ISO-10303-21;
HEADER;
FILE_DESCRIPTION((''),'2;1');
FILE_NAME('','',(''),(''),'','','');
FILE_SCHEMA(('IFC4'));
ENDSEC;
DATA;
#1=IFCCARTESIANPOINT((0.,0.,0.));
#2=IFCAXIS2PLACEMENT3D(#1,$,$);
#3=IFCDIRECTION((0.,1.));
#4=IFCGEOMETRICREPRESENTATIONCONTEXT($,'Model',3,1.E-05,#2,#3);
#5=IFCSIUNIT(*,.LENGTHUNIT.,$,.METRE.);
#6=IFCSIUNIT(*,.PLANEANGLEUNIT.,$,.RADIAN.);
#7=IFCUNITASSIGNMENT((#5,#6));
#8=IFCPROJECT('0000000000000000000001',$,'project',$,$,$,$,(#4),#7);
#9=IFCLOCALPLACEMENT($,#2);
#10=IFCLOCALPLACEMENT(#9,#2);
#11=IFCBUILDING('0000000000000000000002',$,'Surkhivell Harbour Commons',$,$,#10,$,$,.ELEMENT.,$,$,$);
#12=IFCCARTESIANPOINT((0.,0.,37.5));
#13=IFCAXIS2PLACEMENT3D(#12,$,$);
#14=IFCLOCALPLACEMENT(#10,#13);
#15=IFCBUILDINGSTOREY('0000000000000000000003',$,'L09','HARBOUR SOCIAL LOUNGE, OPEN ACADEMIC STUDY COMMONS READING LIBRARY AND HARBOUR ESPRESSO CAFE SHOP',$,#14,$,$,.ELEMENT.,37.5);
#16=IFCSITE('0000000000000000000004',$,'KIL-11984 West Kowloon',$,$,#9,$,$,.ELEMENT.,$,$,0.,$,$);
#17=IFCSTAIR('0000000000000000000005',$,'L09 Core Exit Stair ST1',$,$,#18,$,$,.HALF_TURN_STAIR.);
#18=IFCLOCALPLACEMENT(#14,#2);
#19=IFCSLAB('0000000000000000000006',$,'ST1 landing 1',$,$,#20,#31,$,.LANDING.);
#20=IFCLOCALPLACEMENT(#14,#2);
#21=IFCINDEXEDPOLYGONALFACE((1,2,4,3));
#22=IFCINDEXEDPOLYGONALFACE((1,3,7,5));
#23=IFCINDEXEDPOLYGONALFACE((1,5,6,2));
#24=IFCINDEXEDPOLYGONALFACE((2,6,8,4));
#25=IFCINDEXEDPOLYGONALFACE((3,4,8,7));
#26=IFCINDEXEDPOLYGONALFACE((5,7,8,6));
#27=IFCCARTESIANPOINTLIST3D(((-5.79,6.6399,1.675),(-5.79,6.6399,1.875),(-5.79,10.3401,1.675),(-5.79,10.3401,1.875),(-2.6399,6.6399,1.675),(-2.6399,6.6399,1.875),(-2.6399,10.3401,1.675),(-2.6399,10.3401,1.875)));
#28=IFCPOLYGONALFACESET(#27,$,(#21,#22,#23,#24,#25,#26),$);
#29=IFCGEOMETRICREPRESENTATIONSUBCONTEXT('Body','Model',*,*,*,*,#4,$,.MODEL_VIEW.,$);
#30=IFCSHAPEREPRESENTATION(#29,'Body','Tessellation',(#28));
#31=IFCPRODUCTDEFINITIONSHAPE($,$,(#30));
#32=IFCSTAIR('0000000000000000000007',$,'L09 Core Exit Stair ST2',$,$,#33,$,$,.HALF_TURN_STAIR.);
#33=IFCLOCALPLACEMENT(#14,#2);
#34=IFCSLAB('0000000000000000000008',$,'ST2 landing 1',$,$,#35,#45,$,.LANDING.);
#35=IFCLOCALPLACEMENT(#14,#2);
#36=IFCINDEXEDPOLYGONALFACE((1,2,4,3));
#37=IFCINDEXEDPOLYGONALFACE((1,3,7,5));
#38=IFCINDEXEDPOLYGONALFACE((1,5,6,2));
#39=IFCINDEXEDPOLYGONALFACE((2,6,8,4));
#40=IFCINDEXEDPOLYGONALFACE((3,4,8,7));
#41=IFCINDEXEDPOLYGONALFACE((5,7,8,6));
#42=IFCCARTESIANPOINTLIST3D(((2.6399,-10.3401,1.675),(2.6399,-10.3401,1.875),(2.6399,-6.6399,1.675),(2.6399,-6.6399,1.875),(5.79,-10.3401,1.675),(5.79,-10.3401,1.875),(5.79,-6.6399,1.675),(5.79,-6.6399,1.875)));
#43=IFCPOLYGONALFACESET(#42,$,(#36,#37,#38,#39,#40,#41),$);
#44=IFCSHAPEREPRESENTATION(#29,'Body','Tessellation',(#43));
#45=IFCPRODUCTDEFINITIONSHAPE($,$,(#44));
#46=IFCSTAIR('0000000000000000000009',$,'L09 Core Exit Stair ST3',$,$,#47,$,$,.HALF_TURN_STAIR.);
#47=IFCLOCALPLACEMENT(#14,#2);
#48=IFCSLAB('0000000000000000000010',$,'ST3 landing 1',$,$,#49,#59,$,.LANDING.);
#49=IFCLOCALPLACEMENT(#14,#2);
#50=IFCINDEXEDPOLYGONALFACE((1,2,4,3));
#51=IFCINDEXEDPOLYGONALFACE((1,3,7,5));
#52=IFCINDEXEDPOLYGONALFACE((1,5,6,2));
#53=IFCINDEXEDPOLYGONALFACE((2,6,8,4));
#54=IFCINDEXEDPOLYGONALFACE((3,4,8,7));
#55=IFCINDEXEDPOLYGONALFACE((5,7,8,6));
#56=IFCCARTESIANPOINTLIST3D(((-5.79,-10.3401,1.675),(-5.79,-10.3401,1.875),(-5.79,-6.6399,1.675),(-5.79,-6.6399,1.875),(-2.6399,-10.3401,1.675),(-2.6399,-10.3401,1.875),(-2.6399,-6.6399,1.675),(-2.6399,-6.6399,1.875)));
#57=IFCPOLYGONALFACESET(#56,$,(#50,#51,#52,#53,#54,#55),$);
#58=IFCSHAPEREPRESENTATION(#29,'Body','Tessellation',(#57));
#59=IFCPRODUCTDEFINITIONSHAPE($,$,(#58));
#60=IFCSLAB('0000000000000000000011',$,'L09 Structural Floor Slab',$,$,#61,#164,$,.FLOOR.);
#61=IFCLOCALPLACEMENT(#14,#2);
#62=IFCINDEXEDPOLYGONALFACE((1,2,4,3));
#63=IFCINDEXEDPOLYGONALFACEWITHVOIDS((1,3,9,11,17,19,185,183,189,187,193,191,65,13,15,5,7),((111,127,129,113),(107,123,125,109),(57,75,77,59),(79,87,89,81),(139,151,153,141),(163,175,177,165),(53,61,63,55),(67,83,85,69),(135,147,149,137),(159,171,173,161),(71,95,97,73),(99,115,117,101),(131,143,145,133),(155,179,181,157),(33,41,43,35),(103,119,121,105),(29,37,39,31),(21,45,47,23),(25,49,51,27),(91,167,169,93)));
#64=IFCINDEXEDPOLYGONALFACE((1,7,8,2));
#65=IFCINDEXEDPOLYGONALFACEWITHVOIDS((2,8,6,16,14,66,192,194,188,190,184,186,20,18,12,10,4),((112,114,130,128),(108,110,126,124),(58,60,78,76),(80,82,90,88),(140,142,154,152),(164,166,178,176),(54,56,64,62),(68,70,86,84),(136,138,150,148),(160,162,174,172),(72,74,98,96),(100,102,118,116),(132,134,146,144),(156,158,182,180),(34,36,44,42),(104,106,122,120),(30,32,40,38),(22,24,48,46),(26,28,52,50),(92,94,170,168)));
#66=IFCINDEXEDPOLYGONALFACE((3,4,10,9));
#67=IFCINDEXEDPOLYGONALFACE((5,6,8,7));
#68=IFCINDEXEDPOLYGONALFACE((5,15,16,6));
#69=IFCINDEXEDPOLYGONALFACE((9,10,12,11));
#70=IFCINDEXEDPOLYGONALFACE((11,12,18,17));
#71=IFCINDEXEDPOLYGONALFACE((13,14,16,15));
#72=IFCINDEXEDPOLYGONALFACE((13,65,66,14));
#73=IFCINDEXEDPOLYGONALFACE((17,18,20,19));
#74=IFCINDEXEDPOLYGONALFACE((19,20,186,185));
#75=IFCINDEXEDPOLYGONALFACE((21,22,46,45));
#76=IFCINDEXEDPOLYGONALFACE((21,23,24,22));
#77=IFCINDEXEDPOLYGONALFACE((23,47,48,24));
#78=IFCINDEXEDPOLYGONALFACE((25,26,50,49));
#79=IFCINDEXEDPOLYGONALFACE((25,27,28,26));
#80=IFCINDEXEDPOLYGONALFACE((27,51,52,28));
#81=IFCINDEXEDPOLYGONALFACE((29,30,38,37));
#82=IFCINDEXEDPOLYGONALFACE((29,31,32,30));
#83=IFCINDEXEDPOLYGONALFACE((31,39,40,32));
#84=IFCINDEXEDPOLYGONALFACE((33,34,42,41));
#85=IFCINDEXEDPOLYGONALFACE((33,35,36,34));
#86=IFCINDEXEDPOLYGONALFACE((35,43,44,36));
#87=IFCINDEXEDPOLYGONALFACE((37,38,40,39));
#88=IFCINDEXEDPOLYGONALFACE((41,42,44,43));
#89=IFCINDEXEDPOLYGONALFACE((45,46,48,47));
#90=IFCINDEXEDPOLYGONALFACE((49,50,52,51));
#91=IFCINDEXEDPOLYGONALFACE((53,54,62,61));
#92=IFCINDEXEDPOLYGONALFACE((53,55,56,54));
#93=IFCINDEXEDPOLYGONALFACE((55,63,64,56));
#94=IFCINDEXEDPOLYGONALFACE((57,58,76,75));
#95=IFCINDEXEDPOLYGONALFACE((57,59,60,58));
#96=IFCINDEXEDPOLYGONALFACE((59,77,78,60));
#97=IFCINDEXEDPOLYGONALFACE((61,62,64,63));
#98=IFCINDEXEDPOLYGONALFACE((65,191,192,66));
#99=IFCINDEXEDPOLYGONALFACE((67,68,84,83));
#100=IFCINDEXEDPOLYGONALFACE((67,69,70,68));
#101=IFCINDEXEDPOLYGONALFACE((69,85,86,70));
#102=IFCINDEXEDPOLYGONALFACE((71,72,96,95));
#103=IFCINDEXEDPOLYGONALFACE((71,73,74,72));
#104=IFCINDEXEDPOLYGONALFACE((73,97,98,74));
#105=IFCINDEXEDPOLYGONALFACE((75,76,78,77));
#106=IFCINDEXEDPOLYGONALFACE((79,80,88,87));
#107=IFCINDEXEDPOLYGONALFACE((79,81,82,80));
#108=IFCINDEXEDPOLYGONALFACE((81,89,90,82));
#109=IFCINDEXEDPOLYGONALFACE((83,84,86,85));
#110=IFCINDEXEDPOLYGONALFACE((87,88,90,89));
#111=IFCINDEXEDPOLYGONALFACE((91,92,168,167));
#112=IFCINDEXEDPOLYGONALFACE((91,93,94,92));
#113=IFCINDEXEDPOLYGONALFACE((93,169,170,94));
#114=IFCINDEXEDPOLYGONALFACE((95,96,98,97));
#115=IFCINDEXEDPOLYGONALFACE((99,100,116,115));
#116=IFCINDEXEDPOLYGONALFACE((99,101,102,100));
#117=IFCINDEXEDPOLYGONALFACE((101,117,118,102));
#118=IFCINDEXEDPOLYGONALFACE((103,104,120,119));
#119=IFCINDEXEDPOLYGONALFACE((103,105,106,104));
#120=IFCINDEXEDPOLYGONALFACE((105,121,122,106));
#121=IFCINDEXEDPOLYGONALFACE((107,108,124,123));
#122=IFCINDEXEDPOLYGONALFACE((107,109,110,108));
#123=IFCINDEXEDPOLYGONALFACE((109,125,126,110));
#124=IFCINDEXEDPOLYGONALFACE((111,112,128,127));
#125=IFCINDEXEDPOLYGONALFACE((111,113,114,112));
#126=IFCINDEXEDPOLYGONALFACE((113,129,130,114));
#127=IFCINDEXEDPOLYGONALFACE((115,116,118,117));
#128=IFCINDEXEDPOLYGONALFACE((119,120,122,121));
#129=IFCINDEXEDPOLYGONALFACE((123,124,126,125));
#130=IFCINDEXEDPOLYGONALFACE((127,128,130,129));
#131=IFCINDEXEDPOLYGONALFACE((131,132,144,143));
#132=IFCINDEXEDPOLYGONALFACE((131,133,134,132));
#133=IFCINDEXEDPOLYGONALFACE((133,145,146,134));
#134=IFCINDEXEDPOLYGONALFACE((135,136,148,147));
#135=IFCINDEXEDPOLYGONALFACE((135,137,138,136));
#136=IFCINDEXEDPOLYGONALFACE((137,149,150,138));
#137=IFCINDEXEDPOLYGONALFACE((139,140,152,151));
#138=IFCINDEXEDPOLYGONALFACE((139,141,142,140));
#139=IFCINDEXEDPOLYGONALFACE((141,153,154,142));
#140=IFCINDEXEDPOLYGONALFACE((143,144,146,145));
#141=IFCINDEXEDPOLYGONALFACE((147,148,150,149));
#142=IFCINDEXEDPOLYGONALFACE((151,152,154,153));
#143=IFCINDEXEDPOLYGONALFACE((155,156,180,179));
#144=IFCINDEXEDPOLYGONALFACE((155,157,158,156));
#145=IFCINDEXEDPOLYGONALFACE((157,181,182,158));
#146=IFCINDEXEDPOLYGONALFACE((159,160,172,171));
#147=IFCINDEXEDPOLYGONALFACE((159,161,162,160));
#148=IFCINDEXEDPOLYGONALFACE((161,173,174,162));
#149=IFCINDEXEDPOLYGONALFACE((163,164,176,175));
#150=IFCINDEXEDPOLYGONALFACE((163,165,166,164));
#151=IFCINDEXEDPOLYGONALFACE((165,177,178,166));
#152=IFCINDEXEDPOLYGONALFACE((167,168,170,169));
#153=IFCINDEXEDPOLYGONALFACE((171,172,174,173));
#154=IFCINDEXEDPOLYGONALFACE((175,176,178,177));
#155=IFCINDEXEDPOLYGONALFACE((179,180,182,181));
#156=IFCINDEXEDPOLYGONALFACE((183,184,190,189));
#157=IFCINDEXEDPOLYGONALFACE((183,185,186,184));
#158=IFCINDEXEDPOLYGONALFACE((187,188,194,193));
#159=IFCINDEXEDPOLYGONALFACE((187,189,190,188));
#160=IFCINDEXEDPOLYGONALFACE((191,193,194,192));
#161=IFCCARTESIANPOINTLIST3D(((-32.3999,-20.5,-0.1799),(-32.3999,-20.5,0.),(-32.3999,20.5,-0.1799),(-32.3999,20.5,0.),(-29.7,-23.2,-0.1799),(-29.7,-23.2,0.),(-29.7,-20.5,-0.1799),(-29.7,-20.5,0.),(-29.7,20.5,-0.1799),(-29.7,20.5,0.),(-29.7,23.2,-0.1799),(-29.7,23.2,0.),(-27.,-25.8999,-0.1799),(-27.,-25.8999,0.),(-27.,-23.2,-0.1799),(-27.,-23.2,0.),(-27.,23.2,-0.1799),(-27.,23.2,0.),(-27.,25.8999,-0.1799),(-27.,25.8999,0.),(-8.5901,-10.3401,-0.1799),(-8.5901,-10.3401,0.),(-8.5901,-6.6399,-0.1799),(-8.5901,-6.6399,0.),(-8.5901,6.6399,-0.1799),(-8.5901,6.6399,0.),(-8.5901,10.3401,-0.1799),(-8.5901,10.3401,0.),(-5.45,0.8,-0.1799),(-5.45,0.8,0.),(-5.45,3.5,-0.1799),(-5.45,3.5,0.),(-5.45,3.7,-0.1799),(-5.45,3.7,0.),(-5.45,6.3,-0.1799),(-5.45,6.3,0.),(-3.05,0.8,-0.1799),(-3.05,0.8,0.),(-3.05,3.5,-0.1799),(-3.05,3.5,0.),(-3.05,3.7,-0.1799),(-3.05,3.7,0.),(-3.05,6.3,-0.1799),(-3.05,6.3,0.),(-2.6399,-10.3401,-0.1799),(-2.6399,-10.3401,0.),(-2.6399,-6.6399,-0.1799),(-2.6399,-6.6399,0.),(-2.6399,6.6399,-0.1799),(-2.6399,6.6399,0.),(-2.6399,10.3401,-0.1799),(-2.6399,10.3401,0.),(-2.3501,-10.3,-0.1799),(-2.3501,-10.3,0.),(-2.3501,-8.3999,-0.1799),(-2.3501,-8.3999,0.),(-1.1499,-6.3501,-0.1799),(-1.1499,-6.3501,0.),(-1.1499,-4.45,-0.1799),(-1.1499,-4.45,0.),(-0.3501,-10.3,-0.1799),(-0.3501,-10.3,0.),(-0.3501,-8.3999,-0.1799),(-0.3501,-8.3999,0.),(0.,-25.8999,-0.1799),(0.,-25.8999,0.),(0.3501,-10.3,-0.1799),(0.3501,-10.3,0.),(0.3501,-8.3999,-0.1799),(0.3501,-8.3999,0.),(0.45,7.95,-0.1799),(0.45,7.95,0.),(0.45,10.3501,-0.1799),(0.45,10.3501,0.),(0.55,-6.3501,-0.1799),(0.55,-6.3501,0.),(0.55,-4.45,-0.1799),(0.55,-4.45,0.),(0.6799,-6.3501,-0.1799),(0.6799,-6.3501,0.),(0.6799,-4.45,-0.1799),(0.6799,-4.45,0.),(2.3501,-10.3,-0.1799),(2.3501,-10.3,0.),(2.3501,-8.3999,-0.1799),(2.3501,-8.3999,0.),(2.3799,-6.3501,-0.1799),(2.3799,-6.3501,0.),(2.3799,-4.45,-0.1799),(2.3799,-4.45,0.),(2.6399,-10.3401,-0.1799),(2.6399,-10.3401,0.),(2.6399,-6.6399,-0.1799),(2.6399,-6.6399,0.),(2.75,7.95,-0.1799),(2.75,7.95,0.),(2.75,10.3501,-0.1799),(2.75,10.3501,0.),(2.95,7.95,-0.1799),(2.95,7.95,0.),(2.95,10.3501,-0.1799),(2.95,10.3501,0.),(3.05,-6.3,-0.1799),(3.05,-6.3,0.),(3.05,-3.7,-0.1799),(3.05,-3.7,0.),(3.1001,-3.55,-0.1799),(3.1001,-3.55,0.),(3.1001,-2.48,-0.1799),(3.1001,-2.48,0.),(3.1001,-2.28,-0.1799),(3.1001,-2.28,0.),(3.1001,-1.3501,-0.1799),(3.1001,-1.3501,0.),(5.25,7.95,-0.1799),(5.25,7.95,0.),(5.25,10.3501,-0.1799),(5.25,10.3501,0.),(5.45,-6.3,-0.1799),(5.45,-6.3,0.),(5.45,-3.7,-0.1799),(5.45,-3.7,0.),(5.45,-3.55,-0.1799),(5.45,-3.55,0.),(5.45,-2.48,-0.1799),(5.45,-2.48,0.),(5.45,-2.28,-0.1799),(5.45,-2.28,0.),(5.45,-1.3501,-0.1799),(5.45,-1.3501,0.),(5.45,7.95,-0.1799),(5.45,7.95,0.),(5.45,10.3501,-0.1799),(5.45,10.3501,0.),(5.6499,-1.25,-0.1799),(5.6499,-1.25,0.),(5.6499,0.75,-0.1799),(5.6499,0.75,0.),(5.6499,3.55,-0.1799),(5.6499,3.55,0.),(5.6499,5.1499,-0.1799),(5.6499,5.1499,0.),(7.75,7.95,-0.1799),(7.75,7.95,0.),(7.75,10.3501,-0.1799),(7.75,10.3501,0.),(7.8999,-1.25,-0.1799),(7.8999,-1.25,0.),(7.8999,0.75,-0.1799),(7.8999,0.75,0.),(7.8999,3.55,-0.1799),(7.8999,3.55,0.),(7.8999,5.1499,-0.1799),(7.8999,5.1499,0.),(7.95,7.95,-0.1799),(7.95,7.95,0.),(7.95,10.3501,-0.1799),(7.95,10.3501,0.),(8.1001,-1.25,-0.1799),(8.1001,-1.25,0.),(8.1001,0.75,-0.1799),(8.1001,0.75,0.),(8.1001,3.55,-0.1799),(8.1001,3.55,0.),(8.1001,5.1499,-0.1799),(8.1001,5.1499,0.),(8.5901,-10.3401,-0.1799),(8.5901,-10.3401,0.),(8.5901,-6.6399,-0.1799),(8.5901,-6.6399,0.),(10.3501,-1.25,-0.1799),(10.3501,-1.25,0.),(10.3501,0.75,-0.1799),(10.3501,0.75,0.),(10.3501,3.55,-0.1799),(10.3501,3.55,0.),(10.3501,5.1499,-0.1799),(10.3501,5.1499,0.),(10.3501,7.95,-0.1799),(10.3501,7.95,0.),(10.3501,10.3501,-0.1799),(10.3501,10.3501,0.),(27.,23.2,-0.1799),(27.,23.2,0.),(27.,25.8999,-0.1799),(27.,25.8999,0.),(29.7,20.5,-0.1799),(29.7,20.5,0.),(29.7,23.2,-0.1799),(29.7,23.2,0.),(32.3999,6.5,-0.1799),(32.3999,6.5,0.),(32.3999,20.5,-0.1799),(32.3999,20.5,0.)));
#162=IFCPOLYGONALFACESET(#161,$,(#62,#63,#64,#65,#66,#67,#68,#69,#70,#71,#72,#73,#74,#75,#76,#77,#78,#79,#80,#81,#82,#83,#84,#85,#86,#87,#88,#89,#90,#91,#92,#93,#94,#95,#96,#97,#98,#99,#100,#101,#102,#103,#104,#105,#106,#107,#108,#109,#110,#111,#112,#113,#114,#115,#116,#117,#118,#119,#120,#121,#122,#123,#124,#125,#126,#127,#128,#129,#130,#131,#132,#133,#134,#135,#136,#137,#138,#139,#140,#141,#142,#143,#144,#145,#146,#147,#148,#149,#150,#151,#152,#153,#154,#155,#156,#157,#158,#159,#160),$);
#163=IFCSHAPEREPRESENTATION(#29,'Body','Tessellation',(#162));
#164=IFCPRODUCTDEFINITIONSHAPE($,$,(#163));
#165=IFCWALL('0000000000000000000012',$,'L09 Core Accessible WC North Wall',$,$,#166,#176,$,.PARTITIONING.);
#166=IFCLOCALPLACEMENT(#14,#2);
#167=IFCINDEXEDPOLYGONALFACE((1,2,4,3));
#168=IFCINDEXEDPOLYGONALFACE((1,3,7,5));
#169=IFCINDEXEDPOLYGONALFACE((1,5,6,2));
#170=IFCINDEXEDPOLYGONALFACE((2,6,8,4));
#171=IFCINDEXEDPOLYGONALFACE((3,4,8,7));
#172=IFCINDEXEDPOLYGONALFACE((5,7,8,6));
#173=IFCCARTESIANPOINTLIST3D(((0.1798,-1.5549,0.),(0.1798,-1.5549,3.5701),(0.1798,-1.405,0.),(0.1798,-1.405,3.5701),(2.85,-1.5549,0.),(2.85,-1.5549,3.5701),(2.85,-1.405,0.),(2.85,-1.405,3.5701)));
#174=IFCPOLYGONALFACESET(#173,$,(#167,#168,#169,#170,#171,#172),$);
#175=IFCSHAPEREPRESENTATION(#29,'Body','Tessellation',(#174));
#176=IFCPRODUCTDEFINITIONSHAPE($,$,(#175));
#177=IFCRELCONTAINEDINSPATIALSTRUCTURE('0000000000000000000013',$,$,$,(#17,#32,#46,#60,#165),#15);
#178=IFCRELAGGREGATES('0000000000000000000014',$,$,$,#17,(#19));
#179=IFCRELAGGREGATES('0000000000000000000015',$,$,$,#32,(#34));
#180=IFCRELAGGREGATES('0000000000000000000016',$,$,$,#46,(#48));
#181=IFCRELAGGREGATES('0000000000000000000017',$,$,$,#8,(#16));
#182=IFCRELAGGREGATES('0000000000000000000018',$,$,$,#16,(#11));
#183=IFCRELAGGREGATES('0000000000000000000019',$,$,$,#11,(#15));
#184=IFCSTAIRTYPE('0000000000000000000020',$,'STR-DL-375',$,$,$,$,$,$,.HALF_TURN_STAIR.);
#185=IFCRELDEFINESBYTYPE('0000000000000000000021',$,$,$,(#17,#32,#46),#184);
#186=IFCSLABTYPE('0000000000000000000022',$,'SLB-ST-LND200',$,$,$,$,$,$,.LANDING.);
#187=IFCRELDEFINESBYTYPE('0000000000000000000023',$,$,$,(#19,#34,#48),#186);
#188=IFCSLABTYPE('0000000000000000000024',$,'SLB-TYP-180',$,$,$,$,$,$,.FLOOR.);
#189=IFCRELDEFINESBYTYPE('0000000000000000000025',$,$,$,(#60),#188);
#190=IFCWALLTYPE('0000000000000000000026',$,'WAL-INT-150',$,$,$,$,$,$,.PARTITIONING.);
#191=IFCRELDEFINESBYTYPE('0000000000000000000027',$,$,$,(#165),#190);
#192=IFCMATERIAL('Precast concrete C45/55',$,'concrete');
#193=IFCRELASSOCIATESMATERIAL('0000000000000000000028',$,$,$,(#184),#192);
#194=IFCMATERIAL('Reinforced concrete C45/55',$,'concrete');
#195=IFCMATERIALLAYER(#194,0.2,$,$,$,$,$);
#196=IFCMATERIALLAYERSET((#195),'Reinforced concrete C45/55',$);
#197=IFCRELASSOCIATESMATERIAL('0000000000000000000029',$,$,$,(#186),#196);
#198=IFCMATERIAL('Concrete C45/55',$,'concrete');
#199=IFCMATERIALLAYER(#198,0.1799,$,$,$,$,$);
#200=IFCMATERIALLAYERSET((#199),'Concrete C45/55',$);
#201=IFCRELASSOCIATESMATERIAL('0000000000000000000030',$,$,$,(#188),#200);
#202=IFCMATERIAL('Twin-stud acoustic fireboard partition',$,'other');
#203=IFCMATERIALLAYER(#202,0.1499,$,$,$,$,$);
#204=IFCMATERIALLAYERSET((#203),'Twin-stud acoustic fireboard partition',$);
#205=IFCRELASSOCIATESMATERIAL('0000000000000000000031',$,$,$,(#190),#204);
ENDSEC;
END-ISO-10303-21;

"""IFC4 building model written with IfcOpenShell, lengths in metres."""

from ifc_helpers import new_model, si_unit, direction, frame, frame_2d, origin, place, context, subcontext, project, spatial, polyline, rectangle, outline, extrude, material, layer, layer_set, type_object, element, aggregate, save


model = new_model("IFC4")

# Units and contexts
model_context = context("Model", 3, precision=1e-05, world=origin(), true_north=direction((0.0, 1.0)))
body_context = subcontext(model_context, "Body", "Model", "MODEL_VIEW")
ifc_project = project(units=[si_unit("LENGTHUNIT", "METRE"), si_unit("PLANEANGLEUNIT", "RADIAN")], contexts=[model_context])

# Site, building, storey
site_placement = place(None, origin())
site = spatial("IfcSite", under=ifc_project, at=site_placement, Name="KIL-11984 West Kowloon", CompositionType="ELEMENT", RefElevation=0.0)
building_placement = place(site_placement, origin())
building = spatial("IfcBuilding", under=site, at=building_placement, Name="Surkhivell Harbour Commons", CompositionType="ELEMENT")
storey_placement = place(building_placement, frame((0.0, 0.0, 37.5)))
storey = spatial("IfcBuildingStorey", under=building, at=storey_placement, Name="L09", Description="HARBOUR SOCIAL LOUNGE, OPEN ACADEMIC STUDY COMMONS READING LIBRARY AND HARBOUR ESPRESSO CAFE SHOP", CompositionType="ELEMENT", Elevation=37.5)

# Stairs, slabs
ifc_material_1 = material(Name="Precast concrete C45/55", Category="concrete")
stair_type = type_object("IfcStairType", Name="STR-DL-375", PredefinedType="HALF_TURN_STAIR", material=ifc_material_1)
stair_1_placement = place(storey_placement, origin())
stair_1 = element("IfcStair", 1, at=stair_1_placement, inside=storey, type_object=stair_type, Name="L09 Core Exit Stair ST1", PredefinedType="HALF_TURN_STAIR")
ifc_material_2 = material(Name="Reinforced concrete C45/55", Category="concrete")
ifc_layer_1 = layer(ifc_material_2, 0.2)
ifc_layer_set_1 = layer_set([ifc_layer_1], Name="Reinforced concrete C45/55")
slab_type_1 = type_object("IfcSlabType", Name="SLB-ST-LND200", PredefinedType="LANDING", material=ifc_layer_set_1)
slab_1_placement = place(storey_placement, frame((0.0, 0.0, 1.675)))
slab_1 = element("IfcSlab", 2, at=slab_1_placement, type_object=slab_type_1, Name="ST1 landing 1", PredefinedType="LANDING", context=body_context, shape_type="SweptSolid", body=[
    extrude(outline(polyline([(-5.79, 6.6399), (-2.6399, 6.6399), (-2.6399, 10.3401), (-5.79, 10.3401), (-5.79, 6.6399)])), origin(), (0.0, 0.0, 1.0), 0.2),
])
aggregate(stair_1, [slab_1])
stair_2_placement = place(storey_placement, origin())
stair_2 = element("IfcStair", 3, at=stair_2_placement, inside=storey, type_object=stair_type, Name="L09 Core Exit Stair ST2", PredefinedType="HALF_TURN_STAIR")
slab_2_placement = place(storey_placement, frame((0.0, 0.0, 1.675)))
slab_2 = element("IfcSlab", 4, at=slab_2_placement, type_object=slab_type_1, Name="ST2 landing 1", PredefinedType="LANDING", context=body_context, shape_type="SweptSolid", body=[
    extrude(outline(polyline([(5.79, -6.6399), (2.6399, -6.6399), (2.6399, -10.3401), (5.79, -10.3401), (5.79, -6.6399)])), origin(), (0.0, 0.0, 1.0), 0.2),
])
aggregate(stair_2, [slab_2])
stair_3_placement = place(storey_placement, origin())
stair_3 = element("IfcStair", 5, at=stair_3_placement, inside=storey, type_object=stair_type, Name="L09 Core Exit Stair ST3", PredefinedType="HALF_TURN_STAIR")
slab_3_placement = place(storey_placement, frame((0.0, 0.0, 1.675)))
slab_3 = element("IfcSlab", 6, at=slab_3_placement, type_object=slab_type_1, Name="ST3 landing 1", PredefinedType="LANDING", context=body_context, shape_type="SweptSolid", body=[
    extrude(outline(polyline([(-5.79, -10.3401), (-2.6399, -10.3401), (-2.6399, -6.6399), (-5.79, -6.6399), (-5.79, -10.3401)])), origin(), (0.0, 0.0, 1.0), 0.2),
])
aggregate(stair_3, [slab_3])

# Slab
ifc_material_3 = material(Name="Concrete C45/55", Category="concrete")
ifc_layer_2 = layer(ifc_material_3, 0.1799)
ifc_layer_set_2 = layer_set([ifc_layer_2], Name="Concrete C45/55")
slab_type_2 = type_object("IfcSlabType", Name="SLB-TYP-180", PredefinedType="FLOOR", material=ifc_layer_set_2)
slab_4_placement = place(storey_placement, frame((0.0, 0.0, -0.1799)))
element("IfcSlab", 7, at=slab_4_placement, inside=storey, type_object=slab_type_2, Name="L09 Structural Floor Slab", PredefinedType="FLOOR", context=body_context, shape_type="SweptSolid", body=[
    extrude(outline(polyline([(-27.0, -25.8999), (0.0, -25.8999), (32.3999, 6.5), (32.3999, 20.5), (29.7, 20.5), (29.7, 23.2), (27.0, 23.2), (27.0, 25.8999), (-27.0, 25.8999), (-27.0, 23.2), (-29.7, 23.2), (-29.7, 20.5), (-32.3999, 20.5), (-32.3999, -20.5), (-29.7, -20.5), (-29.7, -23.2), (-27.0, -23.2), (-27.0, -25.8999)]), holes=[polyline([(-8.5901, 6.6399), (-2.6399, 6.6399), (-2.6399, 10.3401), (-8.5901, 10.3401), (-8.5901, 6.6399)]), polyline([(8.5901, -6.6399), (2.6399, -6.6399), (2.6399, -10.3401), (8.5901, -10.3401), (8.5901, -6.6399)]), polyline([(-8.5901, -10.3401), (-2.6399, -10.3401), (-2.6399, -6.6399), (-8.5901, -6.6399), (-8.5901, -10.3401)]), polyline([(0.45, 7.95), (2.75, 7.95), (2.75, 10.3501), (0.45, 10.3501), (0.45, 7.95)]), polyline([(2.95, 7.95), (5.25, 7.95), (5.25, 10.3501), (2.95, 10.3501), (2.95, 7.95)]), polyline([(5.45, 7.95), (7.75, 7.95), (7.75, 10.3501), (5.45, 10.3501), (5.45, 7.95)]), polyline([(7.95, 7.95), (10.3501, 7.95), (10.3501, 10.3501), (7.95, 10.3501), (7.95, 7.95)]), polyline([(5.6499, 3.55), (7.8999, 3.55), (7.8999, 5.1499), (5.6499, 5.1499), (5.6499, 3.55)]), polyline([(8.1001, 3.55), (10.3501, 3.55), (10.3501, 5.1499), (8.1001, 5.1499), (8.1001, 3.55)]), polyline([(5.6499, -1.25), (7.8999, -1.25), (7.8999, 0.75), (5.6499, 0.75), (5.6499, -1.25)]), polyline([(8.1001, -1.25), (10.3501, -1.25), (10.3501, 0.75), (8.1001, 0.75), (8.1001, -1.25)]), polyline([(-1.1499, -6.3501), (0.55, -6.3501), (0.55, -4.45), (-1.1499, -4.45), (-1.1499, -6.3501)]), polyline([(0.6799, -6.3501), (2.3799, -6.3501), (2.3799, -4.45), (0.6799, -4.45), (0.6799, -6.3501)]), polyline([(-2.3501, -10.3), (-0.3501, -10.3), (-0.3501, -8.3999), (-2.3501, -8.3999), (-2.3501, -10.3)]), polyline([(0.3501, -10.3), (2.3501, -10.3), (2.3501, -8.3999), (0.3501, -8.3999), (0.3501, -10.3)]), polyline([(-5.45, 3.7), (-3.05, 3.7), (-3.05, 6.3), (-5.45, 6.3), (-5.45, 3.7)]), polyline([(3.05, -6.3), (5.45, -6.3), (5.45, -3.7), (3.05, -3.7), (3.05, -6.3)]), polyline([(-5.45, 0.8), (-3.05, 0.8), (-3.05, 3.5), (-5.45, 3.5), (-5.45, 0.8)]), polyline([(3.1001, -3.55), (5.45, -3.55), (5.45, -2.48), (3.1001, -2.48), (3.1001, -3.55)]), polyline([(3.1001, -2.28), (5.45, -2.28), (5.45, -1.3501), (3.1001, -1.3501), (3.1001, -2.28)])]), origin(), (0.0, 0.0, 1.0), 0.1799),
])

# Wall
ifc_material_4 = material(Name="Twin-stud acoustic fireboard partition", Category="other")
ifc_layer_3 = layer(ifc_material_4, 0.1499)
ifc_layer_set_3 = layer_set([ifc_layer_3], Name="Twin-stud acoustic fireboard partition")
wall_type_1 = type_object("IfcWallType", Name="WAL-INT-150", PredefinedType="PARTITIONING", material=ifc_layer_set_3)
wall_1_placement = place(storey_placement, frame((0.1799, -1.48, 0.0), z_axis=(0.0, 0.0, 1.0), x_axis=(1.0, 0.0, 0.0)))
element("IfcWall", 8, at=wall_1_placement, inside=storey, type_object=wall_type_1, Name="L09 Core Accessible WC North Wall", PredefinedType="PARTITIONING", context=body_context, shape_type="SweptSolid", body=[
    extrude(rectangle(XDim=2.6702, YDim=0.1499, at=frame_2d((1.335, 0.0))), origin(), (0.0, 0.0, 1.0), 3.5701),
])

save(model, "model.ifc")
